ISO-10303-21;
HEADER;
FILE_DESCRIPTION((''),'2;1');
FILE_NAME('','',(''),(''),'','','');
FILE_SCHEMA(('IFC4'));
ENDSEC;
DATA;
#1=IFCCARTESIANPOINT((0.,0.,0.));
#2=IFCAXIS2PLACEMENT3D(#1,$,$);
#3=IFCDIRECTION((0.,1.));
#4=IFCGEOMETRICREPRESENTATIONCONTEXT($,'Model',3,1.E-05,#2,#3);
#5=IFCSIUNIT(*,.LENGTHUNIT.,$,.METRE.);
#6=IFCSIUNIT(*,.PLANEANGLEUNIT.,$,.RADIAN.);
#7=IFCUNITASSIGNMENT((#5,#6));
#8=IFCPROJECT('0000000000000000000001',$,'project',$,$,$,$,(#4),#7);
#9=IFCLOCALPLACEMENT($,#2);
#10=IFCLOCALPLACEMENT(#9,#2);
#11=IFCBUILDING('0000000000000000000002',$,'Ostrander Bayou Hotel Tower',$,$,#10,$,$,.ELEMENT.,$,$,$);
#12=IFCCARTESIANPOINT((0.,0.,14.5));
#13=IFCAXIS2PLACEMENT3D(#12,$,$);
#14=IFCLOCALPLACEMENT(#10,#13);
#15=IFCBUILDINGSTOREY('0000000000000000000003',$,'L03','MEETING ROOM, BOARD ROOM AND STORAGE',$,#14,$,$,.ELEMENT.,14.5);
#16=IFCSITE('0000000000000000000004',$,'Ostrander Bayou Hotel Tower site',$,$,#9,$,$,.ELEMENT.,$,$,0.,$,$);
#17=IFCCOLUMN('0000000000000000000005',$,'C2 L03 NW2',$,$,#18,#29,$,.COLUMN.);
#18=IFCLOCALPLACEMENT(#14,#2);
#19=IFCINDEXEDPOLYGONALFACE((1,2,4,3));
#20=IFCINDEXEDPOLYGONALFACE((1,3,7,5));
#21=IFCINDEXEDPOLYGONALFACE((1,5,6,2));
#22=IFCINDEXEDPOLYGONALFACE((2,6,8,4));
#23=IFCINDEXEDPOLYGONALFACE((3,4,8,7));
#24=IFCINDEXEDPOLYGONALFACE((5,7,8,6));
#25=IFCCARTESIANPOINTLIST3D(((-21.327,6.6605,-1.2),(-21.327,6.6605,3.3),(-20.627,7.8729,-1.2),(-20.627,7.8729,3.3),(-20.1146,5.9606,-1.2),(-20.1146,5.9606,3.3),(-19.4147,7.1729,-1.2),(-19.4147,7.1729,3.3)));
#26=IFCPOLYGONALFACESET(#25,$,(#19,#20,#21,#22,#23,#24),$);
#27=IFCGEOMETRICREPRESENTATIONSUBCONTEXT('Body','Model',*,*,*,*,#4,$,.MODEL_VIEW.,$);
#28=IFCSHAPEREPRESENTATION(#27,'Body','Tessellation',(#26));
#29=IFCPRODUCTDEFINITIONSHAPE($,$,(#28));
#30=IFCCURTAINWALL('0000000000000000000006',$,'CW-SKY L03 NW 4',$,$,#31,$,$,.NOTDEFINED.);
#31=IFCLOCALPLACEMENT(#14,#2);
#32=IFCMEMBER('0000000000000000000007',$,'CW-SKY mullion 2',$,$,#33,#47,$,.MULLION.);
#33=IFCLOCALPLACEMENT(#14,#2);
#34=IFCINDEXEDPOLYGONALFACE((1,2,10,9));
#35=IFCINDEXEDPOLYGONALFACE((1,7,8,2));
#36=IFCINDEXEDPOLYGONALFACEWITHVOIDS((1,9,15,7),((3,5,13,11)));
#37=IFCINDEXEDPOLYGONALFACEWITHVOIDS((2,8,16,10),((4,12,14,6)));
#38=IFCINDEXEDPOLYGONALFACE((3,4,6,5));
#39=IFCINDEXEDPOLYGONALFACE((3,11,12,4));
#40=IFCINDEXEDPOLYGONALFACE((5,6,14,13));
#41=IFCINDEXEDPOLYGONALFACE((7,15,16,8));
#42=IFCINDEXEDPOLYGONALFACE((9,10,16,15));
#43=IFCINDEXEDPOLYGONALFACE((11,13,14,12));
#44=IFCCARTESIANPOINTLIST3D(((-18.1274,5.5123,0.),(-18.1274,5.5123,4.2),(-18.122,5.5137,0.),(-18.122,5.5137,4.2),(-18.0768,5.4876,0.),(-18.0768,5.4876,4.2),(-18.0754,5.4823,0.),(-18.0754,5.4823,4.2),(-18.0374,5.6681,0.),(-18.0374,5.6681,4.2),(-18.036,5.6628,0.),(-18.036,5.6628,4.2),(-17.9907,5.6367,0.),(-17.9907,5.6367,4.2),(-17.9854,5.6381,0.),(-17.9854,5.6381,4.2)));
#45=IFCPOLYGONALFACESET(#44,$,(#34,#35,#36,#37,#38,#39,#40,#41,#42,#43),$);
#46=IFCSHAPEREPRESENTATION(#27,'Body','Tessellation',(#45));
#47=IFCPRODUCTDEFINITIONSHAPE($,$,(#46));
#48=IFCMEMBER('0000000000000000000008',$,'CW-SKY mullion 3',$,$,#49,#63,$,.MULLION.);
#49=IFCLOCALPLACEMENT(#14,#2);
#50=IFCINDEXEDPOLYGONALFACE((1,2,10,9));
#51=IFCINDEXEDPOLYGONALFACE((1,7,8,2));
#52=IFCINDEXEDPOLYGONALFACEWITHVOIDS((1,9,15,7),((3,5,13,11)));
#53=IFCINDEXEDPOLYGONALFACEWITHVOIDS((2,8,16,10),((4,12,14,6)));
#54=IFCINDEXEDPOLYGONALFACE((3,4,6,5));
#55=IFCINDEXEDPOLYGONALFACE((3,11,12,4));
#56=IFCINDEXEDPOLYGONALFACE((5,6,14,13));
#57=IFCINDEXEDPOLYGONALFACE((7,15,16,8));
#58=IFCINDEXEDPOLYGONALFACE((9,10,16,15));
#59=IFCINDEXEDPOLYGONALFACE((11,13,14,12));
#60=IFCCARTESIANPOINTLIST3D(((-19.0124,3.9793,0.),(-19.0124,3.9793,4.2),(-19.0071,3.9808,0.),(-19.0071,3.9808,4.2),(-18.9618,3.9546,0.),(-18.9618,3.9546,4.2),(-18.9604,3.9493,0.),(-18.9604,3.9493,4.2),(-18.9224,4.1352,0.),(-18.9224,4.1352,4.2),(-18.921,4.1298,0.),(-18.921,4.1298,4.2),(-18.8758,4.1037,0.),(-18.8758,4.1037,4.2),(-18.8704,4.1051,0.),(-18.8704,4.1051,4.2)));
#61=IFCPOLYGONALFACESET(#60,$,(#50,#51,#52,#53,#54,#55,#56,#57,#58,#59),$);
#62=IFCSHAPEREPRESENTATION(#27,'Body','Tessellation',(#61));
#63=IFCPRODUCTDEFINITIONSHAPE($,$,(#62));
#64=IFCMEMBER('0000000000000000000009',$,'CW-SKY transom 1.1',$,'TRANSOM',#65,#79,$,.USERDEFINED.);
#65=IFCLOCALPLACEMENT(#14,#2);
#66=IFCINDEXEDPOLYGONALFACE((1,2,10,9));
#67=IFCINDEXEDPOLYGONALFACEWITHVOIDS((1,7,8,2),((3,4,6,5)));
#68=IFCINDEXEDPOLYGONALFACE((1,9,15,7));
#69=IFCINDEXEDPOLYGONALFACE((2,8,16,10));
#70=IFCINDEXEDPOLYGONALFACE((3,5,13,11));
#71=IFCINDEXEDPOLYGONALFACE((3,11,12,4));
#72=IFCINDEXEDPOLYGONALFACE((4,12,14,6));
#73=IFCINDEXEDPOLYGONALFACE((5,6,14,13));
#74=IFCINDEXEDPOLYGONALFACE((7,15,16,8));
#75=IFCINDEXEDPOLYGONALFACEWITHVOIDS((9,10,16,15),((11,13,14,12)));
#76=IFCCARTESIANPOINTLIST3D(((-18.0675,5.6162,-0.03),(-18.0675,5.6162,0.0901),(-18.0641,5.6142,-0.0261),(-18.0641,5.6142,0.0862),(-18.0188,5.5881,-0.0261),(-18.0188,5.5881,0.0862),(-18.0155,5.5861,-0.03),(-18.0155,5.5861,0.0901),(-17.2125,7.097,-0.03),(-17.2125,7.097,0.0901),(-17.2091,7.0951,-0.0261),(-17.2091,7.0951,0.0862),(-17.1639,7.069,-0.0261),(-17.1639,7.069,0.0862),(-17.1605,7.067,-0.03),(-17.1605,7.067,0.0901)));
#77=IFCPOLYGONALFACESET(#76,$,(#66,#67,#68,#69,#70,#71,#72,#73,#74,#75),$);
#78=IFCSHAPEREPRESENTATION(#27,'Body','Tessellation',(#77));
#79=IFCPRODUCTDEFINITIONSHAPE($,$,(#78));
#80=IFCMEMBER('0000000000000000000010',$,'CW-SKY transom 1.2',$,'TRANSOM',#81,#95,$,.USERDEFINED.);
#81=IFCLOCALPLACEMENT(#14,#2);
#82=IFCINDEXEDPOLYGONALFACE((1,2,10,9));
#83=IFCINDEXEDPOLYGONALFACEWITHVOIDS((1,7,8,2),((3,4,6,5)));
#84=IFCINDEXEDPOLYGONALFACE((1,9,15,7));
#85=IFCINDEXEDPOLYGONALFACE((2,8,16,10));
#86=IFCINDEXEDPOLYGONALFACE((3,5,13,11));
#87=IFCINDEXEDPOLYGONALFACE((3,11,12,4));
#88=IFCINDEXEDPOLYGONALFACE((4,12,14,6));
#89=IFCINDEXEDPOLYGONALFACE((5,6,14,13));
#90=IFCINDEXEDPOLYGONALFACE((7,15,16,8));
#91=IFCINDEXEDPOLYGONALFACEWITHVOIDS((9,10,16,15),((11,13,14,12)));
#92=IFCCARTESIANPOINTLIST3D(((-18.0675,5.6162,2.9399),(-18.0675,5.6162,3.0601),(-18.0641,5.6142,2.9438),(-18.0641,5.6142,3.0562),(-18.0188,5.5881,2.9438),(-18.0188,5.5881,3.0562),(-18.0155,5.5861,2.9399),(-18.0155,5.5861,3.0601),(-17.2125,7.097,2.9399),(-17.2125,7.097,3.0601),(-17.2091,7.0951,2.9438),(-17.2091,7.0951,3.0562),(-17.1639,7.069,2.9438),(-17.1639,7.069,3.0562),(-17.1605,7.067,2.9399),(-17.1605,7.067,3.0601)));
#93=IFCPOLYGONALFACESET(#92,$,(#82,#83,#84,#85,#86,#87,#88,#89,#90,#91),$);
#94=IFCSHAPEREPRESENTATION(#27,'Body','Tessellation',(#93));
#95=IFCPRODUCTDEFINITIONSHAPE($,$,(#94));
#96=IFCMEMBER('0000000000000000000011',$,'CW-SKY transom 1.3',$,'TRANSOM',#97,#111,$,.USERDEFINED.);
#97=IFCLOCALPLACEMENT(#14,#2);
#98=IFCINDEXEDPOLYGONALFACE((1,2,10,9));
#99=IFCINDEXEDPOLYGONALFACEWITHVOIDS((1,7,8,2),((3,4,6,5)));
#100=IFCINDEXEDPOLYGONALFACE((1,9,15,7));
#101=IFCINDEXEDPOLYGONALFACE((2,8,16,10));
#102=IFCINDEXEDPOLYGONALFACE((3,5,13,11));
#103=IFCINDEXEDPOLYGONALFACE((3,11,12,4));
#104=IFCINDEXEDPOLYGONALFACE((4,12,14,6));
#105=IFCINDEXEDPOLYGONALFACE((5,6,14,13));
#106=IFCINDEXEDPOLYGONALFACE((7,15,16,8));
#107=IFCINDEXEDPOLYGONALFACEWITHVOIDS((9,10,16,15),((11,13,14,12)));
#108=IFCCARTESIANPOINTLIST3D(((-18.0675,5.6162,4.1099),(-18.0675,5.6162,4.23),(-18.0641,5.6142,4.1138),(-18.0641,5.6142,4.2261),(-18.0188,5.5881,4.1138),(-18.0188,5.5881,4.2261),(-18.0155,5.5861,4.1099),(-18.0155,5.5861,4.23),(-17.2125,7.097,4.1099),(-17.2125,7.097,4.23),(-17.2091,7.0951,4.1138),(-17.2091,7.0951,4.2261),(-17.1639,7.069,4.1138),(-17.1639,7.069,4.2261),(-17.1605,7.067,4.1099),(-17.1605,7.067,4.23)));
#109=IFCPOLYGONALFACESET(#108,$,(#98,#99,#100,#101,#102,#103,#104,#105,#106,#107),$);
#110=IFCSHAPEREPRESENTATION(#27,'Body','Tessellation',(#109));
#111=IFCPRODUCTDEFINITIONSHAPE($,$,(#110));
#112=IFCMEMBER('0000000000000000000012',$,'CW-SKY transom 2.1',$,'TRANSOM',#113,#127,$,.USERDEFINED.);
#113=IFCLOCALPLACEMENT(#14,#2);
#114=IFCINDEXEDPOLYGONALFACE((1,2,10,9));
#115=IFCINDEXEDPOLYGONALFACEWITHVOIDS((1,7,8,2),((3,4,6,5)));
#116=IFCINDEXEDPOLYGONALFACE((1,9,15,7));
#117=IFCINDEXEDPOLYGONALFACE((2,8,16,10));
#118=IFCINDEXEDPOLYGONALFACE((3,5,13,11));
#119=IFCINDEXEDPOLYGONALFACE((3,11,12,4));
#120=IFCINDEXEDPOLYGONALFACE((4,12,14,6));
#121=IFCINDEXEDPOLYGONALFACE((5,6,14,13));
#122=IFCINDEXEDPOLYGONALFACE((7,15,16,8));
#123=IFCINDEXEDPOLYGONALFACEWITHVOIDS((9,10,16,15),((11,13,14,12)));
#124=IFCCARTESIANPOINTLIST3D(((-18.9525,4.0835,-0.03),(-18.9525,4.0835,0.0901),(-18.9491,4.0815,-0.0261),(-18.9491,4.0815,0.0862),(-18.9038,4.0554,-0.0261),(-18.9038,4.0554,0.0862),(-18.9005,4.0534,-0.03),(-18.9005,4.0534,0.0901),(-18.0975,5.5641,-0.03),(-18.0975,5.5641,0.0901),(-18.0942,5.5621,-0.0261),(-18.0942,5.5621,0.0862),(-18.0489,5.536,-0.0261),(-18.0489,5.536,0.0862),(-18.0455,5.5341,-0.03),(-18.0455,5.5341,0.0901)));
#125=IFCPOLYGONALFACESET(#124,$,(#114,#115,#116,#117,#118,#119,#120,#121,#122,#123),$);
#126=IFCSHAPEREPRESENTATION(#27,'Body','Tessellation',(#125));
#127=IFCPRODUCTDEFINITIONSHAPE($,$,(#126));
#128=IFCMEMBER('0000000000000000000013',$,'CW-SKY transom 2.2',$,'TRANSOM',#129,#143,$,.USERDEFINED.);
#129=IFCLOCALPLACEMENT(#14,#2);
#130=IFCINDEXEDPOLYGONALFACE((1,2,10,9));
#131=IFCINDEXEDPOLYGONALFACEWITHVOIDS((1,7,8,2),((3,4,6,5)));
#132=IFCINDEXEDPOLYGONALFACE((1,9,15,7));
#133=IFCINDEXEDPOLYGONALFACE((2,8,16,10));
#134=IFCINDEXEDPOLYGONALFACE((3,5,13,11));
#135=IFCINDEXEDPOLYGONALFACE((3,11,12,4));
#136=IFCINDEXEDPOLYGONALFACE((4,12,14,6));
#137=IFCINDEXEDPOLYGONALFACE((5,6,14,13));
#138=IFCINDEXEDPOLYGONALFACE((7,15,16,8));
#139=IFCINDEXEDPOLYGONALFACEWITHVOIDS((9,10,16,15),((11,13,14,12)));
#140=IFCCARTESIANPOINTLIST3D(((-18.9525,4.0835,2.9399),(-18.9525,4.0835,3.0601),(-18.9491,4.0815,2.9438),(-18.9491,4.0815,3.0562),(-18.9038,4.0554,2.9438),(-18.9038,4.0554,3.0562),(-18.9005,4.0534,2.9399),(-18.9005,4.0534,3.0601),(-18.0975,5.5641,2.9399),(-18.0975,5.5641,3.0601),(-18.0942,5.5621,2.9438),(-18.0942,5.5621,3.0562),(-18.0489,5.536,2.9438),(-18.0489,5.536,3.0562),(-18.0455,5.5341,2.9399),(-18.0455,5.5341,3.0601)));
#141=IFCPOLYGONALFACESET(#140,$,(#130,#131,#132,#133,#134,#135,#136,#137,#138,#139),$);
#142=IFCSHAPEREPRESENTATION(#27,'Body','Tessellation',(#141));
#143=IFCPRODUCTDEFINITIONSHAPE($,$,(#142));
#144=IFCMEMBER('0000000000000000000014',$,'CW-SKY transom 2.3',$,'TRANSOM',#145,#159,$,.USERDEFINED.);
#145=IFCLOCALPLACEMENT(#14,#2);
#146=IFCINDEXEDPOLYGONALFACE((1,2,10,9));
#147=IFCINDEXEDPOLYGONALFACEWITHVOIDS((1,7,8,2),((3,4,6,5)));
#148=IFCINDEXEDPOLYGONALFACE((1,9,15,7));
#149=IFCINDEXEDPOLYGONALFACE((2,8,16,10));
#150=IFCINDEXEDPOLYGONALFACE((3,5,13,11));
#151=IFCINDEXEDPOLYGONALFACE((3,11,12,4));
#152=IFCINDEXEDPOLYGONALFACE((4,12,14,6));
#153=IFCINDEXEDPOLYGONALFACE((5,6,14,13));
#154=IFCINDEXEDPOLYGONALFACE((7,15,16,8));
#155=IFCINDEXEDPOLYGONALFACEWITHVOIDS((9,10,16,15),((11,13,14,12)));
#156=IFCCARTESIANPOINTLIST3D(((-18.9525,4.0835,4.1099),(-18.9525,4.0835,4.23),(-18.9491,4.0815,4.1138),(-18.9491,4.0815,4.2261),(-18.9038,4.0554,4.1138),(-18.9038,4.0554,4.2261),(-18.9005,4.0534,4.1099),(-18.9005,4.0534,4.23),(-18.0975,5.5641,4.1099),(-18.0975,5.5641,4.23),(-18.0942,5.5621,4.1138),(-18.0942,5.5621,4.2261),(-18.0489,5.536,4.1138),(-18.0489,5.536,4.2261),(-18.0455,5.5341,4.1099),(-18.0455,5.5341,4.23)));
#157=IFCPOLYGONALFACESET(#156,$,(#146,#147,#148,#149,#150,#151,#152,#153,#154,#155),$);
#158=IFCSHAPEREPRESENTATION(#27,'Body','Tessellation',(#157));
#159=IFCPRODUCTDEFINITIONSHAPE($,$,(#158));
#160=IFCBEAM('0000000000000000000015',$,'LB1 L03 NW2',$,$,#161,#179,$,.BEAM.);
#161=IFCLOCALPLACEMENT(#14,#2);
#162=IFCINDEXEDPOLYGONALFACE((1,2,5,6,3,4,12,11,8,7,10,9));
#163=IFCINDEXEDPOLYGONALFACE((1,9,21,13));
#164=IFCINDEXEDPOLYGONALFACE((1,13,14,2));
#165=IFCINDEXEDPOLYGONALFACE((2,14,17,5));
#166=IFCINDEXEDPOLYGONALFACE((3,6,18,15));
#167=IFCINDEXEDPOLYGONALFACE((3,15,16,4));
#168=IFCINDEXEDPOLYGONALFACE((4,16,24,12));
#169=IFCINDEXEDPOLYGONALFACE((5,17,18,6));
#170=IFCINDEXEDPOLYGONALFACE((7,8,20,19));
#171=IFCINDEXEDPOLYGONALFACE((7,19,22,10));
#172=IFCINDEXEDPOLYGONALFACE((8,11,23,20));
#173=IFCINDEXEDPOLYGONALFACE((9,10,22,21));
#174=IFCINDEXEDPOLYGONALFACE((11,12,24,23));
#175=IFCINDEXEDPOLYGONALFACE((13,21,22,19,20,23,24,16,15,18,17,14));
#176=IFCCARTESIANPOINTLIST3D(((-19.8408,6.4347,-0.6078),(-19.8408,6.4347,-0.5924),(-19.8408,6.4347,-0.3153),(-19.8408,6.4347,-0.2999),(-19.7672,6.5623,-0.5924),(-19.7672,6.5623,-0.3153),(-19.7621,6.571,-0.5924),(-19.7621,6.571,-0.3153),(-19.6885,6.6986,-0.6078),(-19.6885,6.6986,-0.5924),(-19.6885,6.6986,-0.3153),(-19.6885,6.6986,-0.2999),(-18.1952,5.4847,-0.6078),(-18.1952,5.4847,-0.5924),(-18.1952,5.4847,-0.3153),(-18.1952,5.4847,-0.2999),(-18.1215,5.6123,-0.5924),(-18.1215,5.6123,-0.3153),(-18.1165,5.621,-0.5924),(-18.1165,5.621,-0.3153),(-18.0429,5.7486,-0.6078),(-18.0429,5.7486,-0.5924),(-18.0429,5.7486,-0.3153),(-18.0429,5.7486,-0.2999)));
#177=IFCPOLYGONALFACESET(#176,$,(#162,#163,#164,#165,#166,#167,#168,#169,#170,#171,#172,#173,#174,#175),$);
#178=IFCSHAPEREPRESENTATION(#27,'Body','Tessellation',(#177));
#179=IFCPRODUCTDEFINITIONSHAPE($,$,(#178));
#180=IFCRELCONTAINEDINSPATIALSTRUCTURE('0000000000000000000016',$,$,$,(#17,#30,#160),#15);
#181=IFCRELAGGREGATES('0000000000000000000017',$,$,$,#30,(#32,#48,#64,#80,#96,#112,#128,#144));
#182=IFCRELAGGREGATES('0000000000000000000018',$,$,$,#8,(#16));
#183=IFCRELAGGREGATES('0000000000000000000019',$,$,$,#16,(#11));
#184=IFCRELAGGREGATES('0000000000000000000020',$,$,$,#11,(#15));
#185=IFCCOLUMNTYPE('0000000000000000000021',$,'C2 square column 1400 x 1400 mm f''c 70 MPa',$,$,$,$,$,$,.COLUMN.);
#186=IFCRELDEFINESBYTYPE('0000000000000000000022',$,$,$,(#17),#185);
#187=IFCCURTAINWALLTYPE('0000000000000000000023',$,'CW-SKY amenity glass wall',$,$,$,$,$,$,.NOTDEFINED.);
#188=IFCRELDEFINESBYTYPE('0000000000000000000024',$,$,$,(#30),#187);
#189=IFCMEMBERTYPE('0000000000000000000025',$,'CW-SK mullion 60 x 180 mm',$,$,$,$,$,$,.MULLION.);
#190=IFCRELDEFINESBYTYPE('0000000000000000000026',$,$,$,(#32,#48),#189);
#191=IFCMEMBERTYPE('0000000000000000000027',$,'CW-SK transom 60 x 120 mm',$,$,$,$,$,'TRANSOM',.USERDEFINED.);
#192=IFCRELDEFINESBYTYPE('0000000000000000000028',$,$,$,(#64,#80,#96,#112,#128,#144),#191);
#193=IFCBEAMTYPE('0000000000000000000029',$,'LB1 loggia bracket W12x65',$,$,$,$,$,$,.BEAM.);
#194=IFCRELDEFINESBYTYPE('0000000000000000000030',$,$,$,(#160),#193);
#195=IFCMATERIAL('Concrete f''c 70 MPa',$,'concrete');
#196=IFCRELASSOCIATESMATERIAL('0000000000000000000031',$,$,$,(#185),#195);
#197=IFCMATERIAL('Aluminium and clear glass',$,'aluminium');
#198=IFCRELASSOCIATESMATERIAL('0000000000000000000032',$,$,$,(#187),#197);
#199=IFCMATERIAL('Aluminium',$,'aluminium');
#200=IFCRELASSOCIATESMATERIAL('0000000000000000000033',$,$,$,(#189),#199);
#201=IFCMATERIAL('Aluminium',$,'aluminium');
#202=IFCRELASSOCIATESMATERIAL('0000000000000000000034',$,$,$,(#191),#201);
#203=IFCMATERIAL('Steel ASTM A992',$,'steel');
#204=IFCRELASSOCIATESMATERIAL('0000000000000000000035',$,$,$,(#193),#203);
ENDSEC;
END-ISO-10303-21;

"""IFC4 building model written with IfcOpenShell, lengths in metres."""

from ifc_helpers import new_model, si_unit, direction, frame, origin, origin_2d, place, context, subcontext, project, spatial, rectangle, hollow_rectangle, i_section, extrude, material, material_profile, profile_set, type_object, element, aggregate, save


model = new_model("IFC4")

# Units and contexts
model_context = context("Model", 3, precision=1e-05, world=origin(), true_north=direction((0.0, 1.0)))
body_context = subcontext(model_context, "Body", "Model", "MODEL_VIEW")
ifc_project = project(units=[si_unit("LENGTHUNIT", "METRE"), si_unit("PLANEANGLEUNIT", "RADIAN")], contexts=[model_context])

# Site, building, storey
site_placement = place(None, origin())
site = spatial("IfcSite", under=ifc_project, at=site_placement, Name="Ostrander Bayou Hotel Tower site", CompositionType="ELEMENT", RefElevation=0.0)
building_placement = place(site_placement, origin())
building = spatial("IfcBuilding", under=site, at=building_placement, Name="Ostrander Bayou Hotel Tower", CompositionType="ELEMENT")
storey_placement = place(building_placement, frame((0.0, 0.0, 14.5)))
storey = spatial("IfcBuildingStorey", under=building, at=storey_placement, Name="L03", Description="MEETING ROOM, BOARD ROOM AND STORAGE", CompositionType="ELEMENT", Elevation=14.5)

# Column
ifc_material_1 = material(Name="Concrete f'c 70 MPa", Category="concrete")
ifc_material_profile_1 = material_profile(ifc_material_1, rectangle(XDim=1.3999, YDim=1.3999, at=origin_2d()))
ifc_profile_set_1 = profile_set([ifc_material_profile_1], Name="Concrete f'c 70 MPa")
column_type = type_object("IfcColumnType", Name="C2 square column 1400 x 1400 mm f'c 70 MPa", PredefinedType="COLUMN", material=ifc_profile_set_1)
column_placement = place(storey_placement, frame((-20.3708, 6.9167, -1.2), z_axis=(0.0, 0.0, 1.0), x_axis=(0.5, 0.866025, 0.0)))
element("IfcColumn", 1, at=column_placement, inside=storey, type_object=column_type, Name="C2 L03 NW2", PredefinedType="COLUMN", context=body_context, shape_type="SweptSolid", body=[
    extrude(rectangle(XDim=1.3999, YDim=1.3999, at=origin_2d()), origin(), (0.0, 0.0, 1.0), 4.5),
])

# Curtain wall, members
ifc_material_2 = material(Name="Aluminium and clear glass", Category="aluminium")
curtain_wall_type = type_object("IfcCurtainWallType", Name="CW-SKY amenity glass wall", PredefinedType="NOTDEFINED", material=ifc_material_2)
curtain_wall_placement = place(storey_placement, origin())
curtain_wall = element("IfcCurtainWall", 2, at=curtain_wall_placement, inside=storey, type_object=curtain_wall_type, Name="CW-SKY L03 NW 4", PredefinedType="NOTDEFINED")
ifc_material_3 = material(Name="Aluminium", Category="aluminium")
ifc_material_profile_2 = material_profile(ifc_material_3, hollow_rectangle(XDim=0.0601, YDim=0.1799, WallThickness=0.0039, at=origin_2d()))
ifc_profile_set_2 = profile_set([ifc_material_profile_2], Name="Aluminium")
member_type_1 = type_object("IfcMemberType", Name="CW-SK mullion 60 x 180 mm", PredefinedType="MULLION", material=ifc_profile_set_2)
member_1_placement = place(storey_placement, frame((-18.0564, 5.5752, 0.0), z_axis=(0.0, 0.0, 1.0), x_axis=(0.866026, -0.499999, 0.0)))
member_1 = element("IfcMember", 3, at=member_1_placement, type_object=member_type_1, Name="CW-SKY mullion 2", PredefinedType="MULLION", context=body_context, shape_type="SweptSolid", body=[
    extrude(hollow_rectangle(XDim=0.0601, YDim=0.1799, WallThickness=0.0039, at=origin_2d()), origin(), (0.0, 0.0, 1.0), 4.2),
])
member_2_placement = place(storey_placement, frame((-18.9414, 4.0422, 0.0), z_axis=(0.0, 0.0, 1.0), x_axis=(0.866026, -0.499999, 0.0)))
member_2 = element("IfcMember", 4, at=member_2_placement, type_object=member_type_1, Name="CW-SKY mullion 3", PredefinedType="MULLION", context=body_context, shape_type="SweptSolid", body=[
    extrude(hollow_rectangle(XDim=0.0601, YDim=0.1799, WallThickness=0.0039, at=origin_2d()), origin(), (0.0, 0.0, 1.0), 4.2),
])
ifc_material_4 = material(Name="Aluminium", Category="aluminium")
ifc_material_profile_3 = material_profile(ifc_material_4, hollow_rectangle(XDim=0.0601, YDim=0.1201, WallThickness=0.0039, at=origin_2d()))
ifc_profile_set_3 = profile_set([ifc_material_profile_3], Name="Aluminium")
member_type_2 = type_object("IfcMemberType", Name="CW-SK transom 60 x 120 mm", ElementType="TRANSOM", PredefinedType="USERDEFINED", material=ifc_profile_set_3)
member_3_placement = place(storey_placement, frame((-17.1865, 7.082, 0.03), z_axis=(-0.499978, -0.866038, 0.0), x_axis=(0.866038, -0.499978, 0.0)))
member_3 = element("IfcMember", 5, at=member_3_placement, type_object=member_type_2, Name="CW-SKY transom 1.1", ObjectType="TRANSOM", PredefinedType="USERDEFINED", context=body_context, shape_type="SweptSolid", body=[
    extrude(hollow_rectangle(XDim=0.0601, YDim=0.1201, WallThickness=0.0039, at=origin_2d()), origin(), (0.0, 0.0, 1.0), 1.71),
])
member_4_placement = place(storey_placement, frame((-17.1865, 7.082, 3.0), z_axis=(-0.499978, -0.866038, 0.0), x_axis=(0.866038, -0.499978, 0.0)))
member_4 = element("IfcMember", 6, at=member_4_placement, type_object=member_type_2, Name="CW-SKY transom 1.2", ObjectType="TRANSOM", PredefinedType="USERDEFINED", context=body_context, shape_type="SweptSolid", body=[
    extrude(hollow_rectangle(XDim=0.0601, YDim=0.1201, WallThickness=0.0039, at=origin_2d()), origin(), (0.0, 0.0, 1.0), 1.71),
])
member_5_placement = place(storey_placement, frame((-17.1865, 7.082, 4.1699), z_axis=(-0.499978, -0.866038, 0.0), x_axis=(0.866038, -0.499978, 0.0)))
member_5 = element("IfcMember", 7, at=member_5_placement, type_object=member_type_2, Name="CW-SKY transom 1.3", ObjectType="TRANSOM", PredefinedType="USERDEFINED", context=body_context, shape_type="SweptSolid", body=[
    extrude(hollow_rectangle(XDim=0.0601, YDim=0.1201, WallThickness=0.0039, at=origin_2d()), origin(), (0.0, 0.0, 1.0), 1.71),
])
member_6_placement = place(storey_placement, frame((-18.0715, 5.5491, 0.03), z_axis=(-0.50004, -0.866002, 0.0), x_axis=(0.866002, -0.50004, 0.0)))
member_6 = element("IfcMember", 8, at=member_6_placement, type_object=member_type_2, Name="CW-SKY transom 2.1", ObjectType="TRANSOM", PredefinedType="USERDEFINED", context=body_context, shape_type="SweptSolid", body=[
    extrude(hollow_rectangle(XDim=0.0601, YDim=0.1201, WallThickness=0.0039, at=origin_2d()), origin(), (0.0, 0.0, 1.0), 1.7097),
])
member_7_placement = place(storey_placement, frame((-18.0715, 5.5491, 3.0), z_axis=(-0.50004, -0.866002, 0.0), x_axis=(0.866002, -0.50004, 0.0)))
member_7 = element("IfcMember", 9, at=member_7_placement, type_object=member_type_2, Name="CW-SKY transom 2.2", ObjectType="TRANSOM", PredefinedType="USERDEFINED", context=body_context, shape_type="SweptSolid", body=[
    extrude(hollow_rectangle(XDim=0.0601, YDim=0.1201, WallThickness=0.0039, at=origin_2d()), origin(), (0.0, 0.0, 1.0), 1.7097),
])
member_8_placement = place(storey_placement, frame((-18.0715, 5.5491, 4.1699), z_axis=(-0.50004, -0.866002, 0.0), x_axis=(0.866002, -0.50004, 0.0)))
member_8 = element("IfcMember", 10, at=member_8_placement, type_object=member_type_2, Name="CW-SKY transom 2.3", ObjectType="TRANSOM", PredefinedType="USERDEFINED", context=body_context, shape_type="SweptSolid", body=[
    extrude(hollow_rectangle(XDim=0.0601, YDim=0.1201, WallThickness=0.0039, at=origin_2d()), origin(), (0.0, 0.0, 1.0), 1.7097),
])

# Beam
ifc_material_5 = material(Name="Steel ASTM A992", Category="steel")
ifc_material_profile_4 = material_profile(ifc_material_5, i_section(OverallWidth=0.3047, OverallDepth=0.3079, WebThickness=0.01, FlangeThickness=0.0154, at=origin_2d()))
ifc_profile_set_4 = profile_set([ifc_material_profile_4], Name="Steel ASTM A992")
beam_type_1 = type_object("IfcBeamType", Name="LB1 loggia bracket W12x65", PredefinedType="BEAM", material=ifc_profile_set_4)
beam_1_placement = place(storey_placement, frame((-19.7646, 6.5667, -0.4539), z_axis=(0.866044, -0.499967, 0.0), x_axis=(0.499967, 0.866044, 0.0)))
element("IfcBeam", 11, at=beam_1_placement, inside=storey, type_object=beam_type_1, Name="LB1 L03 NW2", PredefinedType="BEAM", context=body_context, shape_type="SweptSolid", body=[
    extrude(i_section(OverallWidth=0.3047, OverallDepth=0.3079, WebThickness=0.01, FlangeThickness=0.0154, at=origin_2d()), origin(), (0.0, 0.0, 1.0), 1.9001),
])

aggregate(curtain_wall, [member_1, member_2, member_3, member_4, member_5, member_6, member_7, member_8])

save(model, "model.ifc")
